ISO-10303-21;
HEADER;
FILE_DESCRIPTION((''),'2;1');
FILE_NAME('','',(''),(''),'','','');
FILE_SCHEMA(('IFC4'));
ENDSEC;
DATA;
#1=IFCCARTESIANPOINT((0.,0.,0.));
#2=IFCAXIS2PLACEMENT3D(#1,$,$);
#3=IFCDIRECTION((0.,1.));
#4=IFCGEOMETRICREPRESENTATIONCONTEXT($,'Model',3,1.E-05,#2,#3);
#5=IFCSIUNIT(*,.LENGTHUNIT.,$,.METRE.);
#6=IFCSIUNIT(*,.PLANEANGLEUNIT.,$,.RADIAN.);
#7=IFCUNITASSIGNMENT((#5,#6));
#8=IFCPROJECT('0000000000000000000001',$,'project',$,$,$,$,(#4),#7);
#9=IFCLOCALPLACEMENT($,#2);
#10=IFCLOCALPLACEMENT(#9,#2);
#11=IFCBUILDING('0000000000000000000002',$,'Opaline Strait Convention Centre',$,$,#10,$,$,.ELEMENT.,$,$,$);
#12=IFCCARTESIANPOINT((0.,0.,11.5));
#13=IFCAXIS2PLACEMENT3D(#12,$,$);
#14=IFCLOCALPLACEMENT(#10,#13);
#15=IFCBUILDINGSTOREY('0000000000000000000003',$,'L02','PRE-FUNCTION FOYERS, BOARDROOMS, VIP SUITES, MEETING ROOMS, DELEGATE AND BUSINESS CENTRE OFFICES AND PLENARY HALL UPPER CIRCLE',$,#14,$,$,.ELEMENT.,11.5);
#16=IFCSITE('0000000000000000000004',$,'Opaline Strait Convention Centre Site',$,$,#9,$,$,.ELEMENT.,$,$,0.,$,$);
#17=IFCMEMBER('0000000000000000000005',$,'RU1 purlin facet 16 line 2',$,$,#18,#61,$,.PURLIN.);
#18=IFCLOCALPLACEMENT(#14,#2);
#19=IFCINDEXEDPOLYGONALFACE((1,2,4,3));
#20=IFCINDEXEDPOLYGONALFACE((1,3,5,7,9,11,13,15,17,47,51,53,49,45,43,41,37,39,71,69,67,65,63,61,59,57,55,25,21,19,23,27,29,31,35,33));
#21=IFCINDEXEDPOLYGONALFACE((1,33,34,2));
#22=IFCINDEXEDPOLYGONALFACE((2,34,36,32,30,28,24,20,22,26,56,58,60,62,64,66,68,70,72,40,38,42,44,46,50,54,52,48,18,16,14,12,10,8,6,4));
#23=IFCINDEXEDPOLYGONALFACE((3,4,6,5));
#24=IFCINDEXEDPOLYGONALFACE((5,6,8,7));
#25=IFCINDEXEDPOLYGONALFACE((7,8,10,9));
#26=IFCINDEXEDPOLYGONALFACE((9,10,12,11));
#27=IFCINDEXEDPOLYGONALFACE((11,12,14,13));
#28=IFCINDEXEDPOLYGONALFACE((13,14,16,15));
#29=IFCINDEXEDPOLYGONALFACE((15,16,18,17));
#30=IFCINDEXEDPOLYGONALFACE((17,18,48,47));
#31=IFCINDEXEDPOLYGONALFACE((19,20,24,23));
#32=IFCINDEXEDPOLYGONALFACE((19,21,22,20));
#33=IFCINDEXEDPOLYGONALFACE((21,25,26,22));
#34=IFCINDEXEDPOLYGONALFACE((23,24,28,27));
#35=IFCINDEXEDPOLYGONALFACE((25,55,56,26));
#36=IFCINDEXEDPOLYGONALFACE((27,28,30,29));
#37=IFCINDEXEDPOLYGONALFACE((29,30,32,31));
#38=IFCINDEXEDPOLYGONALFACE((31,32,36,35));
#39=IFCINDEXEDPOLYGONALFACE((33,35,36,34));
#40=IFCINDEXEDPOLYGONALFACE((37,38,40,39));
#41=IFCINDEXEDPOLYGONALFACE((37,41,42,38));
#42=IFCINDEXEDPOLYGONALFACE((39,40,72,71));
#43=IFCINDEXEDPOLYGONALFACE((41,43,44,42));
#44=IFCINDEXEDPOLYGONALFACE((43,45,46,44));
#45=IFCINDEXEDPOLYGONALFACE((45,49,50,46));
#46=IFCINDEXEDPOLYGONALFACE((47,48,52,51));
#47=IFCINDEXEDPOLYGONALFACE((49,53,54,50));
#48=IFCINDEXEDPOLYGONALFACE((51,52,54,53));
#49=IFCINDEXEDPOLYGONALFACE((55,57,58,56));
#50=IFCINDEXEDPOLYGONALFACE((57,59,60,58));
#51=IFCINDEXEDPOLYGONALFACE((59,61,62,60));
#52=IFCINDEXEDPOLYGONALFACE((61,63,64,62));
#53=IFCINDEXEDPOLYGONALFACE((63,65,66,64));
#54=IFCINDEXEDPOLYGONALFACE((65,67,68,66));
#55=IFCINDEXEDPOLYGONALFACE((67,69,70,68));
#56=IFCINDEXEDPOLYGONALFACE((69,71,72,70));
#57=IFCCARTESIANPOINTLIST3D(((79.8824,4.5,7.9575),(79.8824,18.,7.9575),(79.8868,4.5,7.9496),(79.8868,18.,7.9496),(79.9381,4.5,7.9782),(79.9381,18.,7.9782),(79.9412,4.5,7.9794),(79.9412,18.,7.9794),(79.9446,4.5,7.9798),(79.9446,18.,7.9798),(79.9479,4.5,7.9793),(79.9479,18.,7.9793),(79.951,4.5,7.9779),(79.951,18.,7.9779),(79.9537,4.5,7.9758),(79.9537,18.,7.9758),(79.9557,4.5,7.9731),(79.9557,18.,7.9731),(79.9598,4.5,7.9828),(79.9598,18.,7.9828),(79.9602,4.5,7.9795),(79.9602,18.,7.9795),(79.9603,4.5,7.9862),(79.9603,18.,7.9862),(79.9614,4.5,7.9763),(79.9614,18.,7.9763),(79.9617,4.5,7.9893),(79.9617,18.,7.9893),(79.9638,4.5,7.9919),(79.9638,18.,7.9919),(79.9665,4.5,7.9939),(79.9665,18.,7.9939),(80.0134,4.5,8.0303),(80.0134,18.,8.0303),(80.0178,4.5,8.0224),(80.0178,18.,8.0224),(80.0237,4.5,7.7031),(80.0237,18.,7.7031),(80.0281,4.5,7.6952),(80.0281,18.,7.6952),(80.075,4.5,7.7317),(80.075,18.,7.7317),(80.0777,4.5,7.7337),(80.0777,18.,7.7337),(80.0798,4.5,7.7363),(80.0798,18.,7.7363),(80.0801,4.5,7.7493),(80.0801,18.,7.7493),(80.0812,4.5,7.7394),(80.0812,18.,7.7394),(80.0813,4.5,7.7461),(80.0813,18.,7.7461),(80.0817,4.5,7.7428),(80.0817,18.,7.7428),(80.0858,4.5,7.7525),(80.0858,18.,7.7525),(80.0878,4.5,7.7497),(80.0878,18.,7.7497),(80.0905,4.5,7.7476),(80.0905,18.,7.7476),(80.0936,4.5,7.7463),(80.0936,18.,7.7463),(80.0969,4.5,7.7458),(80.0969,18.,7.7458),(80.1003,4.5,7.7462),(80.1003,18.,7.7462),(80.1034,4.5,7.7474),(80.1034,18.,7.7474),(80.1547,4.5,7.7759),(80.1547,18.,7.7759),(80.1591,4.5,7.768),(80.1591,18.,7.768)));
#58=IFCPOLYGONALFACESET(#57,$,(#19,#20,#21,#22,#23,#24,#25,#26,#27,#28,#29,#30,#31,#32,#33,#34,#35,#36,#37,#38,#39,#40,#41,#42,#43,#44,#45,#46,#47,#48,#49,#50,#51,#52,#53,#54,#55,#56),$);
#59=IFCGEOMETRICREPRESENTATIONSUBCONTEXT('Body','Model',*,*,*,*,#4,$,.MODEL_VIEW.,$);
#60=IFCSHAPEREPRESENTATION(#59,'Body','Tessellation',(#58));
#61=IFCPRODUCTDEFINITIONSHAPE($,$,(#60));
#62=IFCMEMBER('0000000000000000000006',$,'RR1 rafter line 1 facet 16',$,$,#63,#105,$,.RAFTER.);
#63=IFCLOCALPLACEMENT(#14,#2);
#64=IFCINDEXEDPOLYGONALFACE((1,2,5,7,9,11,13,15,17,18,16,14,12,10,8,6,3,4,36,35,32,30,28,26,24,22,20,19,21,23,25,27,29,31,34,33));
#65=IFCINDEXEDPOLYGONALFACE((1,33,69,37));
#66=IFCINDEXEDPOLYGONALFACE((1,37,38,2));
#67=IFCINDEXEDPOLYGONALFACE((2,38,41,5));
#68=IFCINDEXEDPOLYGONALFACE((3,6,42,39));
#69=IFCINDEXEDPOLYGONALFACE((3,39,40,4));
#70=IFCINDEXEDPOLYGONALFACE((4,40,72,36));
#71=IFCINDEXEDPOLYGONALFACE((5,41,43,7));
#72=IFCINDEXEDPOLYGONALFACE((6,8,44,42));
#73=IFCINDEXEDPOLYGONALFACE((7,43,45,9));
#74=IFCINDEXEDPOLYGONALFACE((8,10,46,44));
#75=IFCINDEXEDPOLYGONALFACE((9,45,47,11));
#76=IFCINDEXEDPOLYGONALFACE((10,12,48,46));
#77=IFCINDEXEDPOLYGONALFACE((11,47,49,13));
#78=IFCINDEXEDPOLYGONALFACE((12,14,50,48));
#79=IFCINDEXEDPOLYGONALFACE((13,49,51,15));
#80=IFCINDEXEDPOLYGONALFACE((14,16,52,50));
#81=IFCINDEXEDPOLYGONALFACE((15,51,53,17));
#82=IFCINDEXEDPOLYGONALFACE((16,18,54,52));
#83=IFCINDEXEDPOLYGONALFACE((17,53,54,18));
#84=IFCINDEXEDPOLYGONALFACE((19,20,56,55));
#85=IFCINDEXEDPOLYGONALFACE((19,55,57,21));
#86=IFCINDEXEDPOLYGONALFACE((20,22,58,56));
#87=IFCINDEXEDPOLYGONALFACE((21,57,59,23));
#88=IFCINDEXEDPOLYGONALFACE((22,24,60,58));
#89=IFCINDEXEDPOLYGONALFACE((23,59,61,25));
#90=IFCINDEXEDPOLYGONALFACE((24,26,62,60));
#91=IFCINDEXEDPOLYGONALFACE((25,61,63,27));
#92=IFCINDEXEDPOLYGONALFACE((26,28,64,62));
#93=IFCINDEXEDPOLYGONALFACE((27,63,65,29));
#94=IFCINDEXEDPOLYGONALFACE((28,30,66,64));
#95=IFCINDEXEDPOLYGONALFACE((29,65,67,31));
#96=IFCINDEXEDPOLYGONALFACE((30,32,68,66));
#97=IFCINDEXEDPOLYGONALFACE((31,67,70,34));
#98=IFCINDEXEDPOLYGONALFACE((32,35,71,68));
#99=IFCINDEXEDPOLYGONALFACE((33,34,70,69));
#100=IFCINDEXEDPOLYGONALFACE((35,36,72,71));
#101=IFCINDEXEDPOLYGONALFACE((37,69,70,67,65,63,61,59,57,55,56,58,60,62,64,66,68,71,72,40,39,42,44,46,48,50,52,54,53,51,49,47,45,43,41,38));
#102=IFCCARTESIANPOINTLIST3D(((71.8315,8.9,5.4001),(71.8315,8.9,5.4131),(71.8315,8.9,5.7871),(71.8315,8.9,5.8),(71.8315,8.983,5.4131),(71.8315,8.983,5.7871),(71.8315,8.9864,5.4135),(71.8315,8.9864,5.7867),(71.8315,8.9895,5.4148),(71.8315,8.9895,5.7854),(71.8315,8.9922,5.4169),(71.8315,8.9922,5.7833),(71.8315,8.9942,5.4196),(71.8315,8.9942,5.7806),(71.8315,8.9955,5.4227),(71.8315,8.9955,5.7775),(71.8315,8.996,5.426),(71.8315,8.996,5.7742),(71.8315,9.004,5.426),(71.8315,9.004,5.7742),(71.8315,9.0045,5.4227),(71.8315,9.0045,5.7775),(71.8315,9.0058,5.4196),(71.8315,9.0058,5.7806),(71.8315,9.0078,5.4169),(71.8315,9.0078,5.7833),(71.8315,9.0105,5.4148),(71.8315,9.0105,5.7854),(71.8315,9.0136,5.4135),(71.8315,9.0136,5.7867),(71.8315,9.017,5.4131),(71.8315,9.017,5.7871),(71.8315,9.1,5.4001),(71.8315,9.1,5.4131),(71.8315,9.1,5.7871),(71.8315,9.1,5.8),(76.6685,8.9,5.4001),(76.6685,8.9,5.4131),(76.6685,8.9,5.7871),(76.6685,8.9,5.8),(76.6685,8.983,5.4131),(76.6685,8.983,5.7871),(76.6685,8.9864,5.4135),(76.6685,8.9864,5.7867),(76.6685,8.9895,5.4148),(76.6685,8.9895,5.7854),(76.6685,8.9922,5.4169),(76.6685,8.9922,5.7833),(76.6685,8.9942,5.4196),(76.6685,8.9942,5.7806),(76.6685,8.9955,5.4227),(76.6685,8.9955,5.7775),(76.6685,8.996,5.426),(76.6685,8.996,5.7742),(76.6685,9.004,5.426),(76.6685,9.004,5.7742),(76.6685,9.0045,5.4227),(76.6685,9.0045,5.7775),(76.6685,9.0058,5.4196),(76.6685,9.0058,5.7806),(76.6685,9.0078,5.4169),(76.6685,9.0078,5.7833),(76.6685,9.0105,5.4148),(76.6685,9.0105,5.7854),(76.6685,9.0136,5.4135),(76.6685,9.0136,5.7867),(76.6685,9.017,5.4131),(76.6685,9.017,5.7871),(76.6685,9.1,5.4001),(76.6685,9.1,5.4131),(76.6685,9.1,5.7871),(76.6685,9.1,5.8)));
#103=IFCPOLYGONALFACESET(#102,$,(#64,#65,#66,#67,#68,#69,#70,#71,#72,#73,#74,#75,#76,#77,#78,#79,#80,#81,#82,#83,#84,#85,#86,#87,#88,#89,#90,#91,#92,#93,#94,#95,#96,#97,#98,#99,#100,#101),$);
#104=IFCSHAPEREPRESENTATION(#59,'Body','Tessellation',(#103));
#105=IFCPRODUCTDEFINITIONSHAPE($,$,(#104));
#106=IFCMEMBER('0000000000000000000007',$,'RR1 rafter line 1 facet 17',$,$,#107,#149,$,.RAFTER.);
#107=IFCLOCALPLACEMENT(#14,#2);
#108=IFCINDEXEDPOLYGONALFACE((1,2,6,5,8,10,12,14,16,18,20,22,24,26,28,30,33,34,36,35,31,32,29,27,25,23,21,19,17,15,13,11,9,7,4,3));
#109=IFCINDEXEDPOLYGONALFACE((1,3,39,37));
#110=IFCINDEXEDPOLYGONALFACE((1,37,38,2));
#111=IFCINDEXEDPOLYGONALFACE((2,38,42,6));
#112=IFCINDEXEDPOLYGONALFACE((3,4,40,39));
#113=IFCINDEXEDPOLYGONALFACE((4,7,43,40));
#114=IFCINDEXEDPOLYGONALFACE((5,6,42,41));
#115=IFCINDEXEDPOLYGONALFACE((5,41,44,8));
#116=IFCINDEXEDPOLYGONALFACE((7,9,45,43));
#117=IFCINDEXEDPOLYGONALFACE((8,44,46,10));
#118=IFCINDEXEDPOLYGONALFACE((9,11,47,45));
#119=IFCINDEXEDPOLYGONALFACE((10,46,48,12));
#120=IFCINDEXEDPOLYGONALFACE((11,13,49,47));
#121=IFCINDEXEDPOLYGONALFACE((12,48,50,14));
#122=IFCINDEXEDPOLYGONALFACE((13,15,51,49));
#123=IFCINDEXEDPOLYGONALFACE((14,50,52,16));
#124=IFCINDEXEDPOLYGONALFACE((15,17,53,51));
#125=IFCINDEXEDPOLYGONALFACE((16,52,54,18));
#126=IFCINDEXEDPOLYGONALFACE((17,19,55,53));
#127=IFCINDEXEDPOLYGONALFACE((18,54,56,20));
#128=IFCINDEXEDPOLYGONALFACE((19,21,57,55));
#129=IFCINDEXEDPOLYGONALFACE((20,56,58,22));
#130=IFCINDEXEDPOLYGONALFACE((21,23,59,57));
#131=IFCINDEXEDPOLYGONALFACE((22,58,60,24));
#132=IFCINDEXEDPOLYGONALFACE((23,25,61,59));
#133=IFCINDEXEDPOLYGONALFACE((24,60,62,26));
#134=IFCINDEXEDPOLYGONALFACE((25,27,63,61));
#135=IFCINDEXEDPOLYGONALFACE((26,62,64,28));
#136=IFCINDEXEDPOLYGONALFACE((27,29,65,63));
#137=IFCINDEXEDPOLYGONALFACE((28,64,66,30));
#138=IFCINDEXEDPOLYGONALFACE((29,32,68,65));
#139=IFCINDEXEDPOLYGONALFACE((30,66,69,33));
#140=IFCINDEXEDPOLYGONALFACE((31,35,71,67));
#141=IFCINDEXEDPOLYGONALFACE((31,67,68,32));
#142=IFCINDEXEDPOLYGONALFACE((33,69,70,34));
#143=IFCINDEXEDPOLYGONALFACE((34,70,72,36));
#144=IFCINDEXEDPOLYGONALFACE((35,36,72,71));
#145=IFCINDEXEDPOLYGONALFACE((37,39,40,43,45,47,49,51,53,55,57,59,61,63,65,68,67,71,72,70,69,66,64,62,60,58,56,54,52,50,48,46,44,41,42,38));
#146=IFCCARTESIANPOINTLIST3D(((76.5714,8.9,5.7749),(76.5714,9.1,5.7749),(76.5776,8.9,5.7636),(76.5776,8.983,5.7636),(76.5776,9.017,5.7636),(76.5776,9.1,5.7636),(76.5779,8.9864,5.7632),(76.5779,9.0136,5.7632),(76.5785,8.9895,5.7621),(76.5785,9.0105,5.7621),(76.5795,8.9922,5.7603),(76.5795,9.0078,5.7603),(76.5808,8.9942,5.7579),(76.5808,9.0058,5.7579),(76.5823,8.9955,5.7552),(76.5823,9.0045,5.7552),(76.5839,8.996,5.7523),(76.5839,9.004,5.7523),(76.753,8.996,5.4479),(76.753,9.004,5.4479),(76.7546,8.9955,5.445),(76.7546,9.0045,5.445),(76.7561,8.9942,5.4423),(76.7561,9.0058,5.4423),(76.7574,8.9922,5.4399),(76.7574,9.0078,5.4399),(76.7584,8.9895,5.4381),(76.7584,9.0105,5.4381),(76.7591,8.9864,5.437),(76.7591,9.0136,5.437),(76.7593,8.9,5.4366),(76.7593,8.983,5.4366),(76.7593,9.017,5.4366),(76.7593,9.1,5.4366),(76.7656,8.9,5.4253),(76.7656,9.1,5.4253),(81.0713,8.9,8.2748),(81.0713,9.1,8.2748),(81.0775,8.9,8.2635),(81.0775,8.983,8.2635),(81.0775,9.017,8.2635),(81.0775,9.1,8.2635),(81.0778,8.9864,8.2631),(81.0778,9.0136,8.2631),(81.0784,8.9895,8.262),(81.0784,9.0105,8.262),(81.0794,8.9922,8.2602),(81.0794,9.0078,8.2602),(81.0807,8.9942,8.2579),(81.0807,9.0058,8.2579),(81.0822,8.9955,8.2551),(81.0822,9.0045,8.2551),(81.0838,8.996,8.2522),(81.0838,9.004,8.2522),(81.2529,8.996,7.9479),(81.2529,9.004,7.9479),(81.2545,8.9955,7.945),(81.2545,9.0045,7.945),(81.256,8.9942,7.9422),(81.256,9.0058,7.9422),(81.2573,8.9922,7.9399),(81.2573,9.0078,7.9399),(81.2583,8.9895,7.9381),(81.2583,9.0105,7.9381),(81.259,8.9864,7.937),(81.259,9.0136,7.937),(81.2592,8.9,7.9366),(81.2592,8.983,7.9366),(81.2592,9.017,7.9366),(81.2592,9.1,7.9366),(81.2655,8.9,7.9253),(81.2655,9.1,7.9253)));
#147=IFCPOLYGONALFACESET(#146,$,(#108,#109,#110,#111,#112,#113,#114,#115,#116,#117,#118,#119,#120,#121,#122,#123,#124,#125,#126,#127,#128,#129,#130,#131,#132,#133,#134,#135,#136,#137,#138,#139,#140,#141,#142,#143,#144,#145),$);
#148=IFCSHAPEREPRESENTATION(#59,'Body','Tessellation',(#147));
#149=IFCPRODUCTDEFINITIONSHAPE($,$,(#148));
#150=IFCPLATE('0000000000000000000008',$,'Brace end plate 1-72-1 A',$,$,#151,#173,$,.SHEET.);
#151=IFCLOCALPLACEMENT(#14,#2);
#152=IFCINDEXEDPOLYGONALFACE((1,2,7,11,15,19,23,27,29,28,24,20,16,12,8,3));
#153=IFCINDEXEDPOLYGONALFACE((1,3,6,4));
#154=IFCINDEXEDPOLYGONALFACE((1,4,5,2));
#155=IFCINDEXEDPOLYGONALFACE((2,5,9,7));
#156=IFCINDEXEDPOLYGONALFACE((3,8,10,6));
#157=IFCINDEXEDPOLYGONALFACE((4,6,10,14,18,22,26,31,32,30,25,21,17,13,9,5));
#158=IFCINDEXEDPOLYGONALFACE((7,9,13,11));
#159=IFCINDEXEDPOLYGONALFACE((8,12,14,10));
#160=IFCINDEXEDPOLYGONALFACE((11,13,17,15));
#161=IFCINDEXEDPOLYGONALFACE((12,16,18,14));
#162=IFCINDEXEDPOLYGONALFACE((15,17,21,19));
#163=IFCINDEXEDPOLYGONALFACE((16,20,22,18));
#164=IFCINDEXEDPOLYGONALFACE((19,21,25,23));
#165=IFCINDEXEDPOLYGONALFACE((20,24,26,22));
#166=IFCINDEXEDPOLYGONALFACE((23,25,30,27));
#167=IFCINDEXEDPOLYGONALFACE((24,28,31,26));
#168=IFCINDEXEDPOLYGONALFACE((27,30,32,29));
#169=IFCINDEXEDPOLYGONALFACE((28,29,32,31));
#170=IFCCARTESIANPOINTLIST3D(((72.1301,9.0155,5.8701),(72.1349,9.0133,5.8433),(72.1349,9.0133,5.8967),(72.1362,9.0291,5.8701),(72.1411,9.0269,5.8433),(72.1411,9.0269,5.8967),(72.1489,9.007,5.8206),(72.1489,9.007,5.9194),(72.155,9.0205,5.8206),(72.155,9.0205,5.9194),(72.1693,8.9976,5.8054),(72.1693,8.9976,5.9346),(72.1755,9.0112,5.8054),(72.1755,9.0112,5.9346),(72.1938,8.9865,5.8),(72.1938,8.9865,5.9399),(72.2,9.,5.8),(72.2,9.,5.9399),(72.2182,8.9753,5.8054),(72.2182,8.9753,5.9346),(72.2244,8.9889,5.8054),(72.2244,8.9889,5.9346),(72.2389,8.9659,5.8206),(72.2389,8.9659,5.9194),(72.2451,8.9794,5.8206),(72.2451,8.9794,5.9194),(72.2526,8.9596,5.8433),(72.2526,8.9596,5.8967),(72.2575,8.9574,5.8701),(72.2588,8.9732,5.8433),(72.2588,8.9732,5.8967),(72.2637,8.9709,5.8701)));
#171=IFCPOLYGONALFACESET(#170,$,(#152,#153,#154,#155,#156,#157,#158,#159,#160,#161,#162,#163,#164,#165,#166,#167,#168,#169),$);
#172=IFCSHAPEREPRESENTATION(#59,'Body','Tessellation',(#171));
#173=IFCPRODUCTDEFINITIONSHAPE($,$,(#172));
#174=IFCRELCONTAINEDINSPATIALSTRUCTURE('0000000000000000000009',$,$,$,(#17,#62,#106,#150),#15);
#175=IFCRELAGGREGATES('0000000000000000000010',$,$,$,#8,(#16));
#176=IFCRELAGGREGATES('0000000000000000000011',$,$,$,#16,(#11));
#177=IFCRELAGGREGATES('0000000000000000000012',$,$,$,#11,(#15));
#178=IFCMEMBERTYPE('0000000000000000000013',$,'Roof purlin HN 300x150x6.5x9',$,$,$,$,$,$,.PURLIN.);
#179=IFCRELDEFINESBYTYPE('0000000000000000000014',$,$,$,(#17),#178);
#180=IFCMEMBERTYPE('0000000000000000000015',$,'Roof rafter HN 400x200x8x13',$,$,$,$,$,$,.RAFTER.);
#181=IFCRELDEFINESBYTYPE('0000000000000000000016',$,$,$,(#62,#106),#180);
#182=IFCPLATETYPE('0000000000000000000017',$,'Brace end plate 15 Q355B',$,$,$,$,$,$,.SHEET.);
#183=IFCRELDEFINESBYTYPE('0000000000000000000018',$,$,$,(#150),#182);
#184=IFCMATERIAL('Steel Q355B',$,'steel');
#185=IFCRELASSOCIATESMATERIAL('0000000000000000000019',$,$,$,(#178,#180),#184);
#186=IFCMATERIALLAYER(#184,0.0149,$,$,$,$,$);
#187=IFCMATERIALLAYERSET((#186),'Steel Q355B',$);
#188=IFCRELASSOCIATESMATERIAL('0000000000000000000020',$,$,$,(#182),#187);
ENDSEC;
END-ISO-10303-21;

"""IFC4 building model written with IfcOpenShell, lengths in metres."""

from ifc_helpers import new_model, si_unit, direction, frame, origin, origin_2d, place, context, subcontext, project, spatial, polyline, i_section, outline, extrude, material, layer, layer_set, material_profile, profile_set, type_object, element, save


model = new_model("IFC4")

# Units and contexts
model_context = context("Model", 3, precision=1e-05, world=origin(), true_north=direction((0.0, 1.0)))
body_context = subcontext(model_context, "Body", "Model", "MODEL_VIEW")
ifc_project = project(units=[si_unit("LENGTHUNIT", "METRE"), si_unit("PLANEANGLEUNIT", "RADIAN")], contexts=[model_context])

# Site, building, storey
site_placement = place(None, origin())
site = spatial("IfcSite", under=ifc_project, at=site_placement, Name="Opaline Strait Convention Centre Site", CompositionType="ELEMENT", RefElevation=0.0)
building_placement = place(site_placement, origin())
building = spatial("IfcBuilding", under=site, at=building_placement, Name="Opaline Strait Convention Centre", CompositionType="ELEMENT")
storey_placement = place(building_placement, frame((0.0, 0.0, 11.5)))
storey = spatial("IfcBuildingStorey", under=building, at=storey_placement, Name="L02", Description="PRE-FUNCTION FOYERS, BOARDROOMS, VIP SUITES, MEETING ROOMS, DELEGATE AND BUSINESS CENTRE OFFICES AND PLENARY HALL UPPER CIRCLE", CompositionType="ELEMENT", Elevation=11.5)

# Shared definitions
ifc_material_1 = material(Name="Steel Q355B", Category="steel")

# Members
ifc_material_profile_1 = material_profile(ifc_material_1, i_section(OverallWidth=0.1499, OverallDepth=0.3, WebThickness=0.0066, FlangeThickness=0.009, FilletRadius=0.0129, at=origin_2d()), Name="HN 300x150x6.5x9")
ifc_profile_set_1 = profile_set([ifc_material_profile_1], Name="Steel Q355B")
member_type_1 = type_object("IfcMemberType", Name="Roof purlin HN 300x150x6.5x9", PredefinedType="PURLIN", material=ifc_profile_set_1)
for number, where, z_axis, x_axis, name in (
    (1, (80.0208, 4.5, 7.8628), (0.0, 1.0, 0.0), (-0.874157, 0.0, -0.485643), "RU1 purlin facet 16 line 2"),
):
    element("IfcMember", number, at=place(storey_placement, frame(where, z_axis=z_axis, x_axis=x_axis)), inside=storey, type_object=member_type_1, Name=name, PredefinedType="PURLIN", context=body_context, shape_type="SweptSolid", body=[
        extrude(i_section(OverallWidth=0.1499, OverallDepth=0.3, WebThickness=0.0066, FlangeThickness=0.009, FilletRadius=0.0129, at=origin_2d()), origin(), (0.0, 0.0, 1.0), 13.5),
    ])
ifc_material_profile_2 = material_profile(ifc_material_1, i_section(OverallWidth=0.2, OverallDepth=0.3999, WebThickness=0.0081, FlangeThickness=0.0129, FilletRadius=0.0129, at=origin_2d()), Name="HN 400x200x8x13")
ifc_profile_set_2 = profile_set([ifc_material_profile_2], Name="Steel Q355B")
member_type_2 = type_object("IfcMemberType", Name="Roof rafter HN 400x200x8x13", PredefinedType="RAFTER", material=ifc_profile_set_2)
member_1_placement = place(storey_placement, frame((71.8315, 9.0, 5.6001), z_axis=(1.0, 0.0, 0.0), x_axis=(0.0, 1.0, 0.0)))
element("IfcMember", 2, at=member_1_placement, inside=storey, type_object=member_type_2, Name="RR1 rafter line 1 facet 16", PredefinedType="RAFTER", context=body_context, shape_type="SweptSolid", body=[
    extrude(i_section(OverallWidth=0.2, OverallDepth=0.3999, WebThickness=0.0081, FlangeThickness=0.0129, FilletRadius=0.0129, at=origin_2d()), origin(), (0.0, 0.0, 1.0), 4.8369),
])
member_2_placement = place(storey_placement, frame((76.6685, 9.0, 5.6001), z_axis=(0.874157, 0.0, 0.485643), x_axis=(0.0, 1.0, 0.0)))
element("IfcMember", 3, at=member_2_placement, inside=storey, type_object=member_type_2, Name="RR1 rafter line 1 facet 17", PredefinedType="RAFTER", context=body_context, shape_type="SweptSolid", body=[
    extrude(i_section(OverallWidth=0.2, OverallDepth=0.3999, WebThickness=0.0081, FlangeThickness=0.0129, FilletRadius=0.0129, at=origin_2d()), origin(), (0.0, 0.0, 1.0), 5.1477),
])

# Plate
ifc_layer_1 = layer(ifc_material_1, 0.0149)
ifc_layer_set_1 = layer_set([ifc_layer_1], Name="Steel Q355B")
plate_type = type_object("IfcPlateType", Name="Brace end plate 15 Q355B", PredefinedType="SHEET", material=ifc_layer_set_1)
plate_1_placement = place(storey_placement, frame((72.2637, 8.9709, 5.8701), z_axis=(0.415113, 0.90977, 0.0), x_axis=(-0.177886, 0.081166, -0.980698)))
element("IfcPlate", 4, at=plate_1_placement, inside=storey, type_object=plate_type, Name="Brace end plate 1-72-1 A", PredefinedType="SHEET", context=body_context, shape_type="SweptSolid", body=[
    extrude(outline(polyline([(0.0, 0.0), (0.0274, 0.0), (0.0526, 0.0103), (0.0719, 0.0297), (0.0824, 0.055), (0.0824, 0.0824), (0.072, 0.1074), (0.0527, 0.1269), (0.0274, 0.1374), (0.0002, 0.1373), (-0.025, 0.1268), (-0.0443, 0.1076), (-0.0548, 0.0823), (-0.0548, 0.0549), (-0.0444, 0.0297), (-0.0251, 0.0105), (0.0, 0.0)])), origin(), (0.0, 0.0, -1.0), 0.0149),
])

save(model, "model.ifc")
